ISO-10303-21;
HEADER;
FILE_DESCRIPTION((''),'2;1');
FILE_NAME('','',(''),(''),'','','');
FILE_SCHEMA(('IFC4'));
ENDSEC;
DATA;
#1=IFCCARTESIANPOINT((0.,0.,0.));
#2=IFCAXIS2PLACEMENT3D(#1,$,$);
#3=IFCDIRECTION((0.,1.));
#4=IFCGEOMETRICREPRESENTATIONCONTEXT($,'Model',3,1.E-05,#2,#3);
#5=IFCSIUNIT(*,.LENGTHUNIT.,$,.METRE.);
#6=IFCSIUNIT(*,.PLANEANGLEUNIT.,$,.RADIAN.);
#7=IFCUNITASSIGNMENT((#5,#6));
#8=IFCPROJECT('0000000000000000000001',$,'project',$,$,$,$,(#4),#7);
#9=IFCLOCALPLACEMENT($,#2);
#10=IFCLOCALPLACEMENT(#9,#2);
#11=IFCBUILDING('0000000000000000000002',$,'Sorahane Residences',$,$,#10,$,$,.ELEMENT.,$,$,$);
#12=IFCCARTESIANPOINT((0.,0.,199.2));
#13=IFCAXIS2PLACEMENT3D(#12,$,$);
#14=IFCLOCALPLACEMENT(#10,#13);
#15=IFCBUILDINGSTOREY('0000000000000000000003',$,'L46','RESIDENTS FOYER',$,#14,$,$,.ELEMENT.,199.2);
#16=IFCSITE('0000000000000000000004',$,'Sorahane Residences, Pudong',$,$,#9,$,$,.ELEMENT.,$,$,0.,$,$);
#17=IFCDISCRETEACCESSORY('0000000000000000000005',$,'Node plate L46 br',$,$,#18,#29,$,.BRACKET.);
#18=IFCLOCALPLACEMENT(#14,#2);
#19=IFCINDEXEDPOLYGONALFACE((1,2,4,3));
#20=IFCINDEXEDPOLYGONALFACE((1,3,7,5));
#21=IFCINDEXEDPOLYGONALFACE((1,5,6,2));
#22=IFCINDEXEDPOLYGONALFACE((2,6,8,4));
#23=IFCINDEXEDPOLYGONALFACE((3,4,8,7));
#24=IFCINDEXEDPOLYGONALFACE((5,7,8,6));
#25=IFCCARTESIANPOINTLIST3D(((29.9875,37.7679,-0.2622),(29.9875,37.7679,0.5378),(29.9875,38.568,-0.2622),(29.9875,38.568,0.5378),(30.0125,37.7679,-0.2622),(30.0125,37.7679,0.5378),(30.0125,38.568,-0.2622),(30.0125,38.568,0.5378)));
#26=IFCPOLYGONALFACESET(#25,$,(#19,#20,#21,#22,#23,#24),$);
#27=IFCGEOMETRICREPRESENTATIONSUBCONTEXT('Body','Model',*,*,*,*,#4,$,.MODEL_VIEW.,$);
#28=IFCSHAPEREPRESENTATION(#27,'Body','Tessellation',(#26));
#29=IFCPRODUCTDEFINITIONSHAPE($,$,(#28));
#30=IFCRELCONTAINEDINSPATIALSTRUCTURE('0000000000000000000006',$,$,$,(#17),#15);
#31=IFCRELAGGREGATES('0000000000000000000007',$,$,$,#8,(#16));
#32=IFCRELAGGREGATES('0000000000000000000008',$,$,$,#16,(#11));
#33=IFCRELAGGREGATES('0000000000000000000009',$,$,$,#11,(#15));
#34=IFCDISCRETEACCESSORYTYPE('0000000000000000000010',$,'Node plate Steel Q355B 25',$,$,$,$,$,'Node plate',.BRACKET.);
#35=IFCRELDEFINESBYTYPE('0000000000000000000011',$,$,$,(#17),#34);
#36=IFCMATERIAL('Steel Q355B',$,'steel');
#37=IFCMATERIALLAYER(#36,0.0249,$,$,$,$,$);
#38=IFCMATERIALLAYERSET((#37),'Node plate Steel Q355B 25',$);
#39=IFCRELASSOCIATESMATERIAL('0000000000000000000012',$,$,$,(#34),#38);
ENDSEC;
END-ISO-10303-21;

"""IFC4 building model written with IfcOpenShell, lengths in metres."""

from ifc_helpers import new_model, si_unit, direction, frame, origin, origin_2d, place, context, subcontext, project, spatial, rectangle, extrude, material, layer, layer_set, type_object, element, save


model = new_model("IFC4")

# Units and contexts
model_context = context("Model", 3, precision=1e-05, world=origin(), true_north=direction((0.0, 1.0)))
body_context = subcontext(model_context, "Body", "Model", "MODEL_VIEW")
ifc_project = project(units=[si_unit("LENGTHUNIT", "METRE"), si_unit("PLANEANGLEUNIT", "RADIAN")], contexts=[model_context])

# Site, building, storey
site_placement = place(None, origin())
site = spatial("IfcSite", under=ifc_project, at=site_placement, Name="Sorahane Residences, Pudong", CompositionType="ELEMENT", RefElevation=0.0)
building_placement = place(site_placement, origin())
building = spatial("IfcBuilding", under=site, at=building_placement, Name="Sorahane Residences", CompositionType="ELEMENT")
storey_placement = place(building_placement, frame((0.0, 0.0, 199.2)))
storey = spatial("IfcBuildingStorey", under=building, at=storey_placement, Name="L46", Description="RESIDENTS FOYER", CompositionType="ELEMENT", Elevation=199.2)

# Discrete accessory
ifc_material_1 = material(Name="Steel Q355B", Category="steel")
ifc_layer_1 = layer(ifc_material_1, 0.0249)
ifc_layer_set_1 = layer_set([ifc_layer_1], Name="Node plate Steel Q355B 25")
discrete_accessory_type = type_object("IfcDiscreteAccessoryType", Name="Node plate Steel Q355B 25", ElementType="Node plate", PredefinedType="BRACKET", material=ifc_layer_set_1)
discrete_accessory_placement = place(storey_placement, frame((30.0, 38.168, -0.2622), z_axis=(0.0, 0.0, 1.0), x_axis=(0.0, 1.0, 0.0)))
element("IfcDiscreteAccessory", 1, at=discrete_accessory_placement, inside=storey, type_object=discrete_accessory_type, Name="Node plate L46 br", PredefinedType="BRACKET", context=body_context, shape_type="SweptSolid", body=[
    extrude(rectangle(XDim=0.8, YDim=0.0249, at=origin_2d()), origin(), (0.0, 0.0, 1.0), 0.8),
])

save(model, "model.ifc")
